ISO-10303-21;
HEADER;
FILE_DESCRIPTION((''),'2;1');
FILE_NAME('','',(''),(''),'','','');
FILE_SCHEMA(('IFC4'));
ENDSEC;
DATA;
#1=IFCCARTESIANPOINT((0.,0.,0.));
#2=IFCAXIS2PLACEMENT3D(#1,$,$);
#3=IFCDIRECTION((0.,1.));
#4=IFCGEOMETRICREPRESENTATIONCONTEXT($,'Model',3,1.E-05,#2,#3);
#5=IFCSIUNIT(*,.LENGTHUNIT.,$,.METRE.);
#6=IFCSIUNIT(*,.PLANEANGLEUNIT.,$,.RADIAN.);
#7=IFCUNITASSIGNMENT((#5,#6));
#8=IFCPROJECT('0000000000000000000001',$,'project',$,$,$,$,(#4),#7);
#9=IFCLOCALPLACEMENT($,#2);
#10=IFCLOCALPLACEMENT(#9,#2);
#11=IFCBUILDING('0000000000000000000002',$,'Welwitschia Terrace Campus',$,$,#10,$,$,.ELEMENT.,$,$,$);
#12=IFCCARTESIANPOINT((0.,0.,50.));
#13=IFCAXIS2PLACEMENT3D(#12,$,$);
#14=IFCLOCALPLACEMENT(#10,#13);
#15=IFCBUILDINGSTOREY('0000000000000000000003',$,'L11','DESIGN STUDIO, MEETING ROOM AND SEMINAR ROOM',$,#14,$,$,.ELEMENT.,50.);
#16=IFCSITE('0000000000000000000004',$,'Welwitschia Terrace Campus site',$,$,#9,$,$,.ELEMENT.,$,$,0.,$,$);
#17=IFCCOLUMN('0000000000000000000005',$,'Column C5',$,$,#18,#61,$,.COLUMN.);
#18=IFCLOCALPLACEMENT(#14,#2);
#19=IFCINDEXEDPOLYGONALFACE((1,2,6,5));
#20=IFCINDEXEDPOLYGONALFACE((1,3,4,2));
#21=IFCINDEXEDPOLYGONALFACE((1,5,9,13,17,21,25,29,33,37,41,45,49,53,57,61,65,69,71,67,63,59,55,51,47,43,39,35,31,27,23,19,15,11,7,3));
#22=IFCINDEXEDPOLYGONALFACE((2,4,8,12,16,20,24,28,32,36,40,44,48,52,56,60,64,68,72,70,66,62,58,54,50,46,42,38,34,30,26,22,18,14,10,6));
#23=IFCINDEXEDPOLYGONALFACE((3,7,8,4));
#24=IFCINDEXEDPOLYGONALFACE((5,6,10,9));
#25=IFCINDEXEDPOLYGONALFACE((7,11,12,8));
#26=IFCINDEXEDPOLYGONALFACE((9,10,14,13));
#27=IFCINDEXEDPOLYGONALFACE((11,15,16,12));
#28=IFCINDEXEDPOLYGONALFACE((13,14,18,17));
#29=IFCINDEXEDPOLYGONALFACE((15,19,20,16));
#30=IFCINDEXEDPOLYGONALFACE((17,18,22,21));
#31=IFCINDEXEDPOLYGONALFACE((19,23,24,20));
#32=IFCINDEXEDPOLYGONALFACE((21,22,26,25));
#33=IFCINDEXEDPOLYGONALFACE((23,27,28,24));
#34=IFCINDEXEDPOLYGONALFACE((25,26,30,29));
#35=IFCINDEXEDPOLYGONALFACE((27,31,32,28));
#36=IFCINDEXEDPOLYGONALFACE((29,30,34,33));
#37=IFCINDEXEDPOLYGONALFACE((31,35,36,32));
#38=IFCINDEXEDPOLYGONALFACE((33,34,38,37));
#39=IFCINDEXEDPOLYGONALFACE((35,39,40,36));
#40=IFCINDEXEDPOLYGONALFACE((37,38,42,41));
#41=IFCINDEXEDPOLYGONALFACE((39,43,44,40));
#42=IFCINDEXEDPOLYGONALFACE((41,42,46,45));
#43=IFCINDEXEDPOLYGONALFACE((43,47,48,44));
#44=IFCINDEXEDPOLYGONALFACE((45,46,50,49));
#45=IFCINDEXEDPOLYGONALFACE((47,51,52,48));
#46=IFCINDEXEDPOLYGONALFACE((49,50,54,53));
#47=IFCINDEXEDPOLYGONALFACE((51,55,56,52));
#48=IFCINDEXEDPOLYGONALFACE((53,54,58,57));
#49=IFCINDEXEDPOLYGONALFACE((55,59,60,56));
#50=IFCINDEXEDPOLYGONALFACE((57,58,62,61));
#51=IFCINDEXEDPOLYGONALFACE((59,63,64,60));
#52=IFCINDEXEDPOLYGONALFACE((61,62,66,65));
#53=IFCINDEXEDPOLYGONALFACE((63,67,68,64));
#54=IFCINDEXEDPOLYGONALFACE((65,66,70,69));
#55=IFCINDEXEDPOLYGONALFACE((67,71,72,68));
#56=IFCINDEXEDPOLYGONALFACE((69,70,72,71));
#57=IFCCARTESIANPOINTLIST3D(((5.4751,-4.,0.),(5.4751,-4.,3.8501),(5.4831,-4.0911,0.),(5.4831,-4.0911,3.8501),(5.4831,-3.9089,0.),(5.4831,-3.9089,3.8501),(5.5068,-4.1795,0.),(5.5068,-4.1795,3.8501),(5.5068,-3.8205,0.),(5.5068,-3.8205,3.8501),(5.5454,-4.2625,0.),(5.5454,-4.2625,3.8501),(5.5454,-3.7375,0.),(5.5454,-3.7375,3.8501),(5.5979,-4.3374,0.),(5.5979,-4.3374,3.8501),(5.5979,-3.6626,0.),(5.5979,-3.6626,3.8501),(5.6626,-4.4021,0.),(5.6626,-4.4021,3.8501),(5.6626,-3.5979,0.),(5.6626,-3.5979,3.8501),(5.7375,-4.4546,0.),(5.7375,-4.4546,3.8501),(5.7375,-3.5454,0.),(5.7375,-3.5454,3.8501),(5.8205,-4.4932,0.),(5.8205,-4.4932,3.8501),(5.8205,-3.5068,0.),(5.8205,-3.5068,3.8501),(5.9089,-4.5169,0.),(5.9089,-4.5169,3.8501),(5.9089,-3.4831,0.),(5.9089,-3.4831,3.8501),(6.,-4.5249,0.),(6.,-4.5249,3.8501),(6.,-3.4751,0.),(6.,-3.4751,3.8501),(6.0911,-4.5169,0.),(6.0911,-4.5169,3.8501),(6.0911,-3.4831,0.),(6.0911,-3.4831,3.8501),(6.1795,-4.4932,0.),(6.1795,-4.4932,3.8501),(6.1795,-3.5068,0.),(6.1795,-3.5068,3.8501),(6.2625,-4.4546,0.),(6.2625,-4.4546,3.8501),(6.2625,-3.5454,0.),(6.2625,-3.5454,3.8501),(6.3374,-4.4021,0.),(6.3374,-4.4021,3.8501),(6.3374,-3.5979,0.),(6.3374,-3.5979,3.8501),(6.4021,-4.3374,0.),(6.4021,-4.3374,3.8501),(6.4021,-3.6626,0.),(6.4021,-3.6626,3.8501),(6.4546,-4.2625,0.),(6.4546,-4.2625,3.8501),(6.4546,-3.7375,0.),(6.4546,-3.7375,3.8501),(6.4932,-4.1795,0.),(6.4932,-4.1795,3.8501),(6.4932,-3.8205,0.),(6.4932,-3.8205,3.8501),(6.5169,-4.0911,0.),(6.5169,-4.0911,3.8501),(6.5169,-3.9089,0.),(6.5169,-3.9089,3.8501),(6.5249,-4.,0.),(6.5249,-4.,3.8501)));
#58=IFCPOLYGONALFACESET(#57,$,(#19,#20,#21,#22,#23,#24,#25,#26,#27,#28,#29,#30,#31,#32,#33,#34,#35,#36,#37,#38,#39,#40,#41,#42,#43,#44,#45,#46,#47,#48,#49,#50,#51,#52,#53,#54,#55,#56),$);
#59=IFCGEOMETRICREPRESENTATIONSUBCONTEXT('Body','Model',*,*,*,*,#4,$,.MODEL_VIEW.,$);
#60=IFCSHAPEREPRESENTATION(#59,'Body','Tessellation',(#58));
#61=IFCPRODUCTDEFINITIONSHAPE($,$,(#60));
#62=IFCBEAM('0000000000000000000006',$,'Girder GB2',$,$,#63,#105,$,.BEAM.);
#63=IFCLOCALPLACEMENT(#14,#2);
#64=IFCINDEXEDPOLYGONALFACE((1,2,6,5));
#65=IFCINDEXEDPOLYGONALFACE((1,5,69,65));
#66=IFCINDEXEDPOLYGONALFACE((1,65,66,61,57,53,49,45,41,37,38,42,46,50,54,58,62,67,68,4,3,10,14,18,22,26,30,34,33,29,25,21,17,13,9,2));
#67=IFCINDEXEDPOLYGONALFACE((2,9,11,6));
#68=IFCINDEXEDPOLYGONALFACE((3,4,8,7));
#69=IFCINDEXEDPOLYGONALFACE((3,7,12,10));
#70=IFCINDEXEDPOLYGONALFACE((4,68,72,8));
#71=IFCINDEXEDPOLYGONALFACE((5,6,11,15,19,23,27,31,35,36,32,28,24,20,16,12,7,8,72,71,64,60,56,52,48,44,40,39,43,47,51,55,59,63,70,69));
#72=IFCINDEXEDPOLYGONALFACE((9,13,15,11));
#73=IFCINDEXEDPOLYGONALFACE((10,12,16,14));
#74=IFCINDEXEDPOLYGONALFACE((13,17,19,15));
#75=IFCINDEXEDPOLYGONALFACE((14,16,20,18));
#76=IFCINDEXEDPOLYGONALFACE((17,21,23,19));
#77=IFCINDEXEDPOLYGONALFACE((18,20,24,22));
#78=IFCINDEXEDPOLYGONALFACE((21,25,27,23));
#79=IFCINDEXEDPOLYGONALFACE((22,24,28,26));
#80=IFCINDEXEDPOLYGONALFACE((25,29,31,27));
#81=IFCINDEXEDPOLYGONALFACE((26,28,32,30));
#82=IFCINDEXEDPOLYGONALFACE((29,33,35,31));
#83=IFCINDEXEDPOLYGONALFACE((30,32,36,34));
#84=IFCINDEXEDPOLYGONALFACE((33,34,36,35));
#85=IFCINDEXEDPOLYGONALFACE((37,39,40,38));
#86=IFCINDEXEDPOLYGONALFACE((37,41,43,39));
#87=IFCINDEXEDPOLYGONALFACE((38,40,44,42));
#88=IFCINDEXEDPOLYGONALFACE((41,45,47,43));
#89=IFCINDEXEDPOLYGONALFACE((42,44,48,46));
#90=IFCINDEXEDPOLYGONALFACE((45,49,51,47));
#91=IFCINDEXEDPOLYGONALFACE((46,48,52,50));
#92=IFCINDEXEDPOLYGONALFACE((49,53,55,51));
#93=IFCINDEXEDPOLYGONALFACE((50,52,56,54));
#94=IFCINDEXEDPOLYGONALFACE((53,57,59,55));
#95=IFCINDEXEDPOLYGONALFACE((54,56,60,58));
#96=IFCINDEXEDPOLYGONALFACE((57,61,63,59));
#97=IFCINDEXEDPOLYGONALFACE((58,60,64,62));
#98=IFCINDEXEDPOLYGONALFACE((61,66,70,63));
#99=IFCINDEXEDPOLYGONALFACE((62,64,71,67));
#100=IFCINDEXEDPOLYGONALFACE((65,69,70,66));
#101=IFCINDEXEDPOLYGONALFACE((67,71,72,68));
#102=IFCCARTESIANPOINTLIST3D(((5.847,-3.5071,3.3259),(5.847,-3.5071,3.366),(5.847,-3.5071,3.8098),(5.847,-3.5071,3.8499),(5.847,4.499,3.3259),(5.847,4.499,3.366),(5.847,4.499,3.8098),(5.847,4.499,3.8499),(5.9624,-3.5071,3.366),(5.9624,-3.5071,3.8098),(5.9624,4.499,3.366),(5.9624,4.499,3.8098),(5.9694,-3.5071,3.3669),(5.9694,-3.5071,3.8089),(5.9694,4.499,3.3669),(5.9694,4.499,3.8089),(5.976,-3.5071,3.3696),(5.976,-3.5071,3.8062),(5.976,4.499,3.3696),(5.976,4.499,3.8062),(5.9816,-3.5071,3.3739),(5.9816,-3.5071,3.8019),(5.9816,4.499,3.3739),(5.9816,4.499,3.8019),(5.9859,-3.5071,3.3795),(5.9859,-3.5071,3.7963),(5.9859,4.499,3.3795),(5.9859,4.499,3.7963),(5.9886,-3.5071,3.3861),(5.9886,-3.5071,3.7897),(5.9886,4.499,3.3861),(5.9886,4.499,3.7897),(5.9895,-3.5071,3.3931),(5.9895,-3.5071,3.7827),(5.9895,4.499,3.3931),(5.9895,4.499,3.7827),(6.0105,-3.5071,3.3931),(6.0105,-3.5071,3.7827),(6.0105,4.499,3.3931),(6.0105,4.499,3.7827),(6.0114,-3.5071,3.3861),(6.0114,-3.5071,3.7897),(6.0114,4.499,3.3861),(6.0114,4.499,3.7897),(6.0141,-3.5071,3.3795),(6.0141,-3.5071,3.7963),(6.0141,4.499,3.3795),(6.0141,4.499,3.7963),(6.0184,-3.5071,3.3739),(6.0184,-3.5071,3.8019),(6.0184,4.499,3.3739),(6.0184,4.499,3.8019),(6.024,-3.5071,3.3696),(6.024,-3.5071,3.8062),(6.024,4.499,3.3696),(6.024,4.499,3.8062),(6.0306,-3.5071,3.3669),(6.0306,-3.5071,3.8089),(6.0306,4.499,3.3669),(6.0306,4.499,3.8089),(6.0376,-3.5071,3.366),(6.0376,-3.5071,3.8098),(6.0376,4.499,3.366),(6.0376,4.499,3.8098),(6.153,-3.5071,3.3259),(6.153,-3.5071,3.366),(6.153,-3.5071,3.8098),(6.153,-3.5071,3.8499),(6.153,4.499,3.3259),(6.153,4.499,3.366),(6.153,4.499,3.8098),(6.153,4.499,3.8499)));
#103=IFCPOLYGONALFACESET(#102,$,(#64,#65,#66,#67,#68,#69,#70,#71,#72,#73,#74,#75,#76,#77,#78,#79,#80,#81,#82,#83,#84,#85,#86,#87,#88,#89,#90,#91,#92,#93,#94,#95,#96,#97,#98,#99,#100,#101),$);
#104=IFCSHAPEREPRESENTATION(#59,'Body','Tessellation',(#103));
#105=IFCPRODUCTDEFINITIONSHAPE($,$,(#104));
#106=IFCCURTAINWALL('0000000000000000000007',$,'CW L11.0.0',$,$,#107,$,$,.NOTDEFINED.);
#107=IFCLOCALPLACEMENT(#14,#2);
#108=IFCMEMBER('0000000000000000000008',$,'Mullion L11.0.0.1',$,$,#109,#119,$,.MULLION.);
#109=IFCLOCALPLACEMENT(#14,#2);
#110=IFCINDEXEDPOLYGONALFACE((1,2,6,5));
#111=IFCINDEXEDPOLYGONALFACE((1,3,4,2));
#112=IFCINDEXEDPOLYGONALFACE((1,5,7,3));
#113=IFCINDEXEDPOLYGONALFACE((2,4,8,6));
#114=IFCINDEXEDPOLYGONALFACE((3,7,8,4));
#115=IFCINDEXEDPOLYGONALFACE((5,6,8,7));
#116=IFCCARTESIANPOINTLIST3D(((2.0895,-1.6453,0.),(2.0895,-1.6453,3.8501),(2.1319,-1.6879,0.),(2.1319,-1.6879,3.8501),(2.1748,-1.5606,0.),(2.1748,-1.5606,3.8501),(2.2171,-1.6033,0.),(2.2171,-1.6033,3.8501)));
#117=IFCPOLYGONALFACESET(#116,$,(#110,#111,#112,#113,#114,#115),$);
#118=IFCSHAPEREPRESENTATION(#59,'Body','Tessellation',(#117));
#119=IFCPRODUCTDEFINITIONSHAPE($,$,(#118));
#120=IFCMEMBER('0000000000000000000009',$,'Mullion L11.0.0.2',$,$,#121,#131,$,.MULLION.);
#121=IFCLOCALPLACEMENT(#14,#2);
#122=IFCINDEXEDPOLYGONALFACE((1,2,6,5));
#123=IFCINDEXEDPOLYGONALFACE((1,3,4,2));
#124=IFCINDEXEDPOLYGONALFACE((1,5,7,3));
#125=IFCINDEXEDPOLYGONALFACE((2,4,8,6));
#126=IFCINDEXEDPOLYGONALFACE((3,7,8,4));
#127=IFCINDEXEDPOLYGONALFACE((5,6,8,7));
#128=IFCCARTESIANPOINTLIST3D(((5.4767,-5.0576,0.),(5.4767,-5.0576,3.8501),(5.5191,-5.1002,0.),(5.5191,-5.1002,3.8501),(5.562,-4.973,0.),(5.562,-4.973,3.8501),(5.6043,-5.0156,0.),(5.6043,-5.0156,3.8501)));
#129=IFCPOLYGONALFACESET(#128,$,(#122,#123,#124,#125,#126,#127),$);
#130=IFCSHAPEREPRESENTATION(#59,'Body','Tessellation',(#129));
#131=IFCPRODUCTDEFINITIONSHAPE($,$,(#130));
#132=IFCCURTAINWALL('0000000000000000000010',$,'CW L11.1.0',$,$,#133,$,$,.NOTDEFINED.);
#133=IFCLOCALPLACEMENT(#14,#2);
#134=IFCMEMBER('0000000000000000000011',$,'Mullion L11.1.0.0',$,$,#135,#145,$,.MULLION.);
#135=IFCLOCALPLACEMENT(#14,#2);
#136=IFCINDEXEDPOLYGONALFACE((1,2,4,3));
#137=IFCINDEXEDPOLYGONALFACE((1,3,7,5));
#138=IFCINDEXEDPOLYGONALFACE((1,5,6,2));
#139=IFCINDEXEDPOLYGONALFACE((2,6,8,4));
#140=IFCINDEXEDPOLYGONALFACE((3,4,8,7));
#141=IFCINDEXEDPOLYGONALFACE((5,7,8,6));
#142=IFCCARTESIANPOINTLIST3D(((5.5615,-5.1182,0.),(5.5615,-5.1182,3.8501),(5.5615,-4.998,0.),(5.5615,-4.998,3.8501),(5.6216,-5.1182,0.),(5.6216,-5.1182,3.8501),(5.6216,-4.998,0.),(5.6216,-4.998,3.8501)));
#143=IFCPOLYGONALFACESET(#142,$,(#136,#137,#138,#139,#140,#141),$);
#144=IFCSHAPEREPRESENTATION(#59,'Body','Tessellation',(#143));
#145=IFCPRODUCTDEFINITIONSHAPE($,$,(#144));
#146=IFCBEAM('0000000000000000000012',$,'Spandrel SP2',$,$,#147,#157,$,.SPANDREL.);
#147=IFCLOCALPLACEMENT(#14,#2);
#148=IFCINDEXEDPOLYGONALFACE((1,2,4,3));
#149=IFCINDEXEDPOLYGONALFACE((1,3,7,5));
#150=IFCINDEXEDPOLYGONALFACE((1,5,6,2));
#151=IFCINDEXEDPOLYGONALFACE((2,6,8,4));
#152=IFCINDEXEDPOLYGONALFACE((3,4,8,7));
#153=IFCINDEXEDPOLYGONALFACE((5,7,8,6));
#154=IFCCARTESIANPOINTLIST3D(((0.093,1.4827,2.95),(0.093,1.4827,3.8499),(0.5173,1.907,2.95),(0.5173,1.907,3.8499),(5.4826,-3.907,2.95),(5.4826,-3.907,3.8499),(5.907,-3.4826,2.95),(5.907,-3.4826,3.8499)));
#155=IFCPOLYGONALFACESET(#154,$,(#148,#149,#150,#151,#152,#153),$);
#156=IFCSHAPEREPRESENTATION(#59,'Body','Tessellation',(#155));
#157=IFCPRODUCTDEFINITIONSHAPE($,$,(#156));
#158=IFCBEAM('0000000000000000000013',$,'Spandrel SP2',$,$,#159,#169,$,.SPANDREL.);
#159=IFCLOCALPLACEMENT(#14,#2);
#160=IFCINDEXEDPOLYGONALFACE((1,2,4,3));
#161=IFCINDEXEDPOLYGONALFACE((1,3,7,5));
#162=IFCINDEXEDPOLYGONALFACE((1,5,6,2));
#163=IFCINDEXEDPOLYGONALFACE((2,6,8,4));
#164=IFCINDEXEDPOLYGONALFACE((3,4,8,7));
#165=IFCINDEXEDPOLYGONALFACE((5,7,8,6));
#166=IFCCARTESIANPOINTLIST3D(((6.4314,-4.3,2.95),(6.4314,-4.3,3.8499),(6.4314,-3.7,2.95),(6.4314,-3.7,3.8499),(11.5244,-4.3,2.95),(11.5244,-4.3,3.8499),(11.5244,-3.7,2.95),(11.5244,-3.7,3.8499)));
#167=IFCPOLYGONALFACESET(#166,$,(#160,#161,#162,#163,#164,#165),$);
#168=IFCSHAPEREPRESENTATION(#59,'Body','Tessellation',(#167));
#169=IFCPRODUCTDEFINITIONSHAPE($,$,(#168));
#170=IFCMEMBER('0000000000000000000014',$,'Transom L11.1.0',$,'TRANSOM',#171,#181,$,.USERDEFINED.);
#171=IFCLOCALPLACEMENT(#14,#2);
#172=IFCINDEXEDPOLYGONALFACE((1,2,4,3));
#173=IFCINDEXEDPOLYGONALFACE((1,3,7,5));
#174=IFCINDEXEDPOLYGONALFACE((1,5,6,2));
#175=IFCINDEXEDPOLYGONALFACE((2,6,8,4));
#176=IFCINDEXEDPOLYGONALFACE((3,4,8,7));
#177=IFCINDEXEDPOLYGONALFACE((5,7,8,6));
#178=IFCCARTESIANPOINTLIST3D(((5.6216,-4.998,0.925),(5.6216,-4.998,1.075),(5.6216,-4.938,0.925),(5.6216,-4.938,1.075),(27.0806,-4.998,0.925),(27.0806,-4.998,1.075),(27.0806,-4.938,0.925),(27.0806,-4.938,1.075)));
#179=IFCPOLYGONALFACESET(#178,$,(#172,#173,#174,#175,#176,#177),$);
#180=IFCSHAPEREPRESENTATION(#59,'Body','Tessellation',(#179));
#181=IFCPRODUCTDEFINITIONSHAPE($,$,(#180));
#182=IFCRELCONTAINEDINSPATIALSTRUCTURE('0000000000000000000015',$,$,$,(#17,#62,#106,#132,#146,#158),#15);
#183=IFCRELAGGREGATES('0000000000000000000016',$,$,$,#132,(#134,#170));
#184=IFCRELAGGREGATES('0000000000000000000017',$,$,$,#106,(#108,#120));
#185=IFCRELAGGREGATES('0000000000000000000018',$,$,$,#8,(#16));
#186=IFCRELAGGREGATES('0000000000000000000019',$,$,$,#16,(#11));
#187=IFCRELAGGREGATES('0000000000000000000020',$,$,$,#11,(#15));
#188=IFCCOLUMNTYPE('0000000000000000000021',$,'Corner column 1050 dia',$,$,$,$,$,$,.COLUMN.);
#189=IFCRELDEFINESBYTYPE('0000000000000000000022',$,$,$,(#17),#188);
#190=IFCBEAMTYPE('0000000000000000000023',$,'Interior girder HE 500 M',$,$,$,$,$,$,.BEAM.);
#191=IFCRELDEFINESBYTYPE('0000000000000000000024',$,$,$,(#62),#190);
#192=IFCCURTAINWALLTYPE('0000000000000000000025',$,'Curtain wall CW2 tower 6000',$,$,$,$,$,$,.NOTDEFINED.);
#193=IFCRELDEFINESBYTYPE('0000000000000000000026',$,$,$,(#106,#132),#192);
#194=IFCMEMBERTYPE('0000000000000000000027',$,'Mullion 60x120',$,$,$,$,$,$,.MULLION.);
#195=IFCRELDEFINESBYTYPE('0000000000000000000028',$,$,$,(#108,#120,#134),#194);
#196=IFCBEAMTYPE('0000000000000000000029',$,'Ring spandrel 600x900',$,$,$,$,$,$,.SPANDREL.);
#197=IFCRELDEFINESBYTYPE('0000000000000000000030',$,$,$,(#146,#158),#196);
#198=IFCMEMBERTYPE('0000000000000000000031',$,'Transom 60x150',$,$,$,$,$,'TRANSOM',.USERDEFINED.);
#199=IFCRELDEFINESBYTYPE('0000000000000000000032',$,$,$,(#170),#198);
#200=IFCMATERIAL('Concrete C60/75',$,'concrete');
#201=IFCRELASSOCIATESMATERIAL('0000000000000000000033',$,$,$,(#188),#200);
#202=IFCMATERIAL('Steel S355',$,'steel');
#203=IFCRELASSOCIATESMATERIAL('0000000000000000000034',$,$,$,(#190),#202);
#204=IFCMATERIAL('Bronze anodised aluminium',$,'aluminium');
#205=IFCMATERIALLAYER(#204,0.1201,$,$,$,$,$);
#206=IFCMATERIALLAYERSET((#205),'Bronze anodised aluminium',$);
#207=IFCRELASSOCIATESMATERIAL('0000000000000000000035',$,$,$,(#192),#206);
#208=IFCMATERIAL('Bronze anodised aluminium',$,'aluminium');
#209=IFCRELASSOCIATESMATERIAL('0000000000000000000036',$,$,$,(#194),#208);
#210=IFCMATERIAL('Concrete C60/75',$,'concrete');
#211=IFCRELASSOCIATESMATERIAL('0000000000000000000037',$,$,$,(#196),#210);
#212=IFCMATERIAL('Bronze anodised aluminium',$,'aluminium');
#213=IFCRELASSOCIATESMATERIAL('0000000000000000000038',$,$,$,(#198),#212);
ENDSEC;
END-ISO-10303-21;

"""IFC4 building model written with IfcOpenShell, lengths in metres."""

from ifc_helpers import new_model, si_unit, direction, frame, origin, origin_2d, place, context, subcontext, project, spatial, rectangle, circle, i_section, extrude, material, layer, layer_set, material_profile, profile_set, type_object, element, aggregate, save


model = new_model("IFC4")

# Units and contexts
model_context = context("Model", 3, precision=1e-05, world=origin(), true_north=direction((0.0, 1.0)))
body_context = subcontext(model_context, "Body", "Model", "MODEL_VIEW")
ifc_project = project(units=[si_unit("LENGTHUNIT", "METRE"), si_unit("PLANEANGLEUNIT", "RADIAN")], contexts=[model_context])

# Site, building, storey
site_placement = place(None, origin())
site = spatial("IfcSite", under=ifc_project, at=site_placement, Name="Welwitschia Terrace Campus site", CompositionType="ELEMENT", RefElevation=0.0)
building_placement = place(site_placement, origin())
building = spatial("IfcBuilding", under=site, at=building_placement, Name="Welwitschia Terrace Campus", CompositionType="ELEMENT")
storey_placement = place(building_placement, frame((0.0, 0.0, 50.0)))
storey = spatial("IfcBuildingStorey", under=building, at=storey_placement, Name="L11", Description="DESIGN STUDIO, MEETING ROOM AND SEMINAR ROOM", CompositionType="ELEMENT", Elevation=50.0)

# Column
ifc_material_1 = material(Name="Concrete C60/75", Category="concrete")
ifc_material_profile_1 = material_profile(ifc_material_1, circle(Radius=0.5249, at=origin_2d()))
ifc_profile_set_1 = profile_set([ifc_material_profile_1], Name="Concrete C60/75")
column_type = type_object("IfcColumnType", Name="Corner column 1050 dia", PredefinedType="COLUMN", material=ifc_profile_set_1)
column_placement = place(storey_placement, frame((6.0, -4.0, 0.0), z_axis=(0.0, 0.0, 1.0), x_axis=(1.0, 0.0, 0.0)))
element("IfcColumn", 1, at=column_placement, inside=storey, type_object=column_type, Name="Column C5", PredefinedType="COLUMN", context=body_context, shape_type="SweptSolid", body=[
    extrude(circle(Radius=0.5249, at=origin_2d()), origin(), (0.0, 0.0, 1.0), 3.8501),
])

# Beam
ifc_material_2 = material(Name="Steel S355", Category="steel")
ifc_material_profile_2 = material_profile(ifc_material_2, i_section(OverallWidth=0.3059, OverallDepth=0.5239, WebThickness=0.021, FlangeThickness=0.04, FilletRadius=0.0271, at=origin_2d()))
ifc_profile_set_2 = profile_set([ifc_material_profile_2], Name="Steel S355")
beam_type_1 = type_object("IfcBeamType", Name="Interior girder HE 500 M", PredefinedType="BEAM", material=ifc_profile_set_2)
beam_1_placement = place(storey_placement, frame((6.0, -3.5071, 3.5879), z_axis=(0.0, 1.0, 0.0), x_axis=(-1.0, 0.0, 0.0)))
element("IfcBeam", 2, at=beam_1_placement, inside=storey, type_object=beam_type_1, Name="Girder GB2", PredefinedType="BEAM", context=body_context, shape_type="SweptSolid", body=[
    extrude(i_section(OverallWidth=0.3059, OverallDepth=0.5239, WebThickness=0.021, FlangeThickness=0.04, FilletRadius=0.0271, at=origin_2d()), origin(), (0.0, 0.0, 1.0), 8.0061),
])

# Curtain wall, members
ifc_material_3 = material(Name="Bronze anodised aluminium", Category="aluminium")
ifc_layer_1 = layer(ifc_material_3, 0.1201)
ifc_layer_set_1 = layer_set([ifc_layer_1], Name="Bronze anodised aluminium")
curtain_wall_type = type_object("IfcCurtainWallType", Name="Curtain wall CW2 tower 6000", PredefinedType="NOTDEFINED", material=ifc_layer_set_1)
curtain_wall_1_placement = place(storey_placement, origin())
curtain_wall_1 = element("IfcCurtainWall", 3, at=curtain_wall_1_placement, inside=storey, type_object=curtain_wall_type, Name="CW L11.0.0", PredefinedType="NOTDEFINED")
ifc_material_4 = material(Name="Bronze anodised aluminium", Category="aluminium")
ifc_material_profile_3 = material_profile(ifc_material_4, rectangle(XDim=0.1201, YDim=0.0601, at=origin_2d()))
ifc_profile_set_3 = profile_set([ifc_material_profile_3], Name="Bronze anodised aluminium")
member_type_1 = type_object("IfcMemberType", Name="Mullion 60x120", PredefinedType="MULLION", material=ifc_profile_set_3)
member_1_placement = place(storey_placement, frame((2.1533, -1.6243, 0.0), z_axis=(0.0, 0.0, 1.0), x_axis=(0.709727, 0.704477, 0.0)))
member_1 = element("IfcMember", 4, at=member_1_placement, type_object=member_type_1, Name="Mullion L11.0.0.1", PredefinedType="MULLION", context=body_context, shape_type="SweptSolid", body=[
    extrude(rectangle(XDim=0.1201, YDim=0.0601, at=origin_2d()), origin(), (0.0, 0.0, 1.0), 3.8501),
])
member_2_placement = place(storey_placement, frame((5.5405, -5.0366, 0.0), z_axis=(0.0, 0.0, 1.0), x_axis=(0.709727, 0.704477, 0.0)))
member_2 = element("IfcMember", 5, at=member_2_placement, type_object=member_type_1, Name="Mullion L11.0.0.2", PredefinedType="MULLION", context=body_context, shape_type="SweptSolid", body=[
    extrude(rectangle(XDim=0.1201, YDim=0.0601, at=origin_2d()), origin(), (0.0, 0.0, 1.0), 3.8501),
])

# Curtain wall, member
curtain_wall_2_placement = place(storey_placement, origin())
curtain_wall_2 = element("IfcCurtainWall", 6, at=curtain_wall_2_placement, inside=storey, type_object=curtain_wall_type, Name="CW L11.1.0", PredefinedType="NOTDEFINED")
member_3_placement = place(storey_placement, frame((5.5916, -5.0581, 0.0), z_axis=(0.0, 0.0, 1.0), x_axis=(0.0, 1.0, 0.0)))
member_3 = element("IfcMember", 7, at=member_3_placement, type_object=member_type_1, Name="Mullion L11.1.0.0", PredefinedType="MULLION", context=body_context, shape_type="SweptSolid", body=[
    extrude(rectangle(XDim=0.1201, YDim=0.0601, at=origin_2d()), origin(), (0.0, 0.0, 1.0), 3.8501),
])

# Beams
ifc_material_5 = material(Name="Concrete C60/75", Category="concrete")
ifc_material_profile_4 = material_profile(ifc_material_5, rectangle(XDim=0.6001, YDim=0.8999, at=origin_2d()))
ifc_profile_set_4 = profile_set([ifc_material_profile_4], Name="Concrete C60/75")
beam_type_2 = type_object("IfcBeamType", Name="Ring spandrel 600x900", PredefinedType="SPANDREL", material=ifc_profile_set_4)
beam_2_placement = place(storey_placement, frame((0.3052, 1.6948, 3.3999), z_axis=(0.707107, -0.707107, 0.0), x_axis=(0.707107, 0.707107, 0.0)))
element("IfcBeam", 8, at=beam_2_placement, inside=storey, type_object=beam_type_2, Name="Spandrel SP2", PredefinedType="SPANDREL", context=body_context, shape_type="SweptSolid", body=[
    extrude(rectangle(XDim=0.6001, YDim=0.8999, at=origin_2d()), origin(), (0.0, 0.0, 1.0), 7.6221),
])
beam_3_placement = place(storey_placement, frame((6.4314, -4.0, 3.3999), z_axis=(1.0, 0.0, 0.0), x_axis=(0.0, 1.0, 0.0)))
element("IfcBeam", 9, at=beam_3_placement, inside=storey, type_object=beam_type_2, Name="Spandrel SP2", PredefinedType="SPANDREL", context=body_context, shape_type="SweptSolid", body=[
    extrude(rectangle(XDim=0.6001, YDim=0.8999, at=origin_2d()), origin(), (0.0, 0.0, 1.0), 5.093),
])

# Member
ifc_material_6 = material(Name="Bronze anodised aluminium", Category="aluminium")
ifc_material_profile_5 = material_profile(ifc_material_6, rectangle(XDim=0.0601, YDim=0.1499, at=origin_2d()))
ifc_profile_set_5 = profile_set([ifc_material_profile_5], Name="Bronze anodised aluminium")
member_type_2 = type_object("IfcMemberType", Name="Transom 60x150", ElementType="TRANSOM", PredefinedType="USERDEFINED", material=ifc_profile_set_5)
member_4_placement = place(storey_placement, frame((5.6216, -4.968, 1.0), z_axis=(1.0, 0.0, 0.0), x_axis=(0.0, 1.0, 0.0)))
member_4 = element("IfcMember", 10, at=member_4_placement, type_object=member_type_2, Name="Transom L11.1.0", ObjectType="TRANSOM", PredefinedType="USERDEFINED", context=body_context, shape_type="SweptSolid", body=[
    extrude(rectangle(XDim=0.0601, YDim=0.1499, at=origin_2d()), origin(), (0.0, 0.0, 1.0), 21.459),
])
aggregate(curtain_wall_2, [member_3, member_4])

aggregate(curtain_wall_1, [member_1, member_2])

save(model, "model.ifc")
